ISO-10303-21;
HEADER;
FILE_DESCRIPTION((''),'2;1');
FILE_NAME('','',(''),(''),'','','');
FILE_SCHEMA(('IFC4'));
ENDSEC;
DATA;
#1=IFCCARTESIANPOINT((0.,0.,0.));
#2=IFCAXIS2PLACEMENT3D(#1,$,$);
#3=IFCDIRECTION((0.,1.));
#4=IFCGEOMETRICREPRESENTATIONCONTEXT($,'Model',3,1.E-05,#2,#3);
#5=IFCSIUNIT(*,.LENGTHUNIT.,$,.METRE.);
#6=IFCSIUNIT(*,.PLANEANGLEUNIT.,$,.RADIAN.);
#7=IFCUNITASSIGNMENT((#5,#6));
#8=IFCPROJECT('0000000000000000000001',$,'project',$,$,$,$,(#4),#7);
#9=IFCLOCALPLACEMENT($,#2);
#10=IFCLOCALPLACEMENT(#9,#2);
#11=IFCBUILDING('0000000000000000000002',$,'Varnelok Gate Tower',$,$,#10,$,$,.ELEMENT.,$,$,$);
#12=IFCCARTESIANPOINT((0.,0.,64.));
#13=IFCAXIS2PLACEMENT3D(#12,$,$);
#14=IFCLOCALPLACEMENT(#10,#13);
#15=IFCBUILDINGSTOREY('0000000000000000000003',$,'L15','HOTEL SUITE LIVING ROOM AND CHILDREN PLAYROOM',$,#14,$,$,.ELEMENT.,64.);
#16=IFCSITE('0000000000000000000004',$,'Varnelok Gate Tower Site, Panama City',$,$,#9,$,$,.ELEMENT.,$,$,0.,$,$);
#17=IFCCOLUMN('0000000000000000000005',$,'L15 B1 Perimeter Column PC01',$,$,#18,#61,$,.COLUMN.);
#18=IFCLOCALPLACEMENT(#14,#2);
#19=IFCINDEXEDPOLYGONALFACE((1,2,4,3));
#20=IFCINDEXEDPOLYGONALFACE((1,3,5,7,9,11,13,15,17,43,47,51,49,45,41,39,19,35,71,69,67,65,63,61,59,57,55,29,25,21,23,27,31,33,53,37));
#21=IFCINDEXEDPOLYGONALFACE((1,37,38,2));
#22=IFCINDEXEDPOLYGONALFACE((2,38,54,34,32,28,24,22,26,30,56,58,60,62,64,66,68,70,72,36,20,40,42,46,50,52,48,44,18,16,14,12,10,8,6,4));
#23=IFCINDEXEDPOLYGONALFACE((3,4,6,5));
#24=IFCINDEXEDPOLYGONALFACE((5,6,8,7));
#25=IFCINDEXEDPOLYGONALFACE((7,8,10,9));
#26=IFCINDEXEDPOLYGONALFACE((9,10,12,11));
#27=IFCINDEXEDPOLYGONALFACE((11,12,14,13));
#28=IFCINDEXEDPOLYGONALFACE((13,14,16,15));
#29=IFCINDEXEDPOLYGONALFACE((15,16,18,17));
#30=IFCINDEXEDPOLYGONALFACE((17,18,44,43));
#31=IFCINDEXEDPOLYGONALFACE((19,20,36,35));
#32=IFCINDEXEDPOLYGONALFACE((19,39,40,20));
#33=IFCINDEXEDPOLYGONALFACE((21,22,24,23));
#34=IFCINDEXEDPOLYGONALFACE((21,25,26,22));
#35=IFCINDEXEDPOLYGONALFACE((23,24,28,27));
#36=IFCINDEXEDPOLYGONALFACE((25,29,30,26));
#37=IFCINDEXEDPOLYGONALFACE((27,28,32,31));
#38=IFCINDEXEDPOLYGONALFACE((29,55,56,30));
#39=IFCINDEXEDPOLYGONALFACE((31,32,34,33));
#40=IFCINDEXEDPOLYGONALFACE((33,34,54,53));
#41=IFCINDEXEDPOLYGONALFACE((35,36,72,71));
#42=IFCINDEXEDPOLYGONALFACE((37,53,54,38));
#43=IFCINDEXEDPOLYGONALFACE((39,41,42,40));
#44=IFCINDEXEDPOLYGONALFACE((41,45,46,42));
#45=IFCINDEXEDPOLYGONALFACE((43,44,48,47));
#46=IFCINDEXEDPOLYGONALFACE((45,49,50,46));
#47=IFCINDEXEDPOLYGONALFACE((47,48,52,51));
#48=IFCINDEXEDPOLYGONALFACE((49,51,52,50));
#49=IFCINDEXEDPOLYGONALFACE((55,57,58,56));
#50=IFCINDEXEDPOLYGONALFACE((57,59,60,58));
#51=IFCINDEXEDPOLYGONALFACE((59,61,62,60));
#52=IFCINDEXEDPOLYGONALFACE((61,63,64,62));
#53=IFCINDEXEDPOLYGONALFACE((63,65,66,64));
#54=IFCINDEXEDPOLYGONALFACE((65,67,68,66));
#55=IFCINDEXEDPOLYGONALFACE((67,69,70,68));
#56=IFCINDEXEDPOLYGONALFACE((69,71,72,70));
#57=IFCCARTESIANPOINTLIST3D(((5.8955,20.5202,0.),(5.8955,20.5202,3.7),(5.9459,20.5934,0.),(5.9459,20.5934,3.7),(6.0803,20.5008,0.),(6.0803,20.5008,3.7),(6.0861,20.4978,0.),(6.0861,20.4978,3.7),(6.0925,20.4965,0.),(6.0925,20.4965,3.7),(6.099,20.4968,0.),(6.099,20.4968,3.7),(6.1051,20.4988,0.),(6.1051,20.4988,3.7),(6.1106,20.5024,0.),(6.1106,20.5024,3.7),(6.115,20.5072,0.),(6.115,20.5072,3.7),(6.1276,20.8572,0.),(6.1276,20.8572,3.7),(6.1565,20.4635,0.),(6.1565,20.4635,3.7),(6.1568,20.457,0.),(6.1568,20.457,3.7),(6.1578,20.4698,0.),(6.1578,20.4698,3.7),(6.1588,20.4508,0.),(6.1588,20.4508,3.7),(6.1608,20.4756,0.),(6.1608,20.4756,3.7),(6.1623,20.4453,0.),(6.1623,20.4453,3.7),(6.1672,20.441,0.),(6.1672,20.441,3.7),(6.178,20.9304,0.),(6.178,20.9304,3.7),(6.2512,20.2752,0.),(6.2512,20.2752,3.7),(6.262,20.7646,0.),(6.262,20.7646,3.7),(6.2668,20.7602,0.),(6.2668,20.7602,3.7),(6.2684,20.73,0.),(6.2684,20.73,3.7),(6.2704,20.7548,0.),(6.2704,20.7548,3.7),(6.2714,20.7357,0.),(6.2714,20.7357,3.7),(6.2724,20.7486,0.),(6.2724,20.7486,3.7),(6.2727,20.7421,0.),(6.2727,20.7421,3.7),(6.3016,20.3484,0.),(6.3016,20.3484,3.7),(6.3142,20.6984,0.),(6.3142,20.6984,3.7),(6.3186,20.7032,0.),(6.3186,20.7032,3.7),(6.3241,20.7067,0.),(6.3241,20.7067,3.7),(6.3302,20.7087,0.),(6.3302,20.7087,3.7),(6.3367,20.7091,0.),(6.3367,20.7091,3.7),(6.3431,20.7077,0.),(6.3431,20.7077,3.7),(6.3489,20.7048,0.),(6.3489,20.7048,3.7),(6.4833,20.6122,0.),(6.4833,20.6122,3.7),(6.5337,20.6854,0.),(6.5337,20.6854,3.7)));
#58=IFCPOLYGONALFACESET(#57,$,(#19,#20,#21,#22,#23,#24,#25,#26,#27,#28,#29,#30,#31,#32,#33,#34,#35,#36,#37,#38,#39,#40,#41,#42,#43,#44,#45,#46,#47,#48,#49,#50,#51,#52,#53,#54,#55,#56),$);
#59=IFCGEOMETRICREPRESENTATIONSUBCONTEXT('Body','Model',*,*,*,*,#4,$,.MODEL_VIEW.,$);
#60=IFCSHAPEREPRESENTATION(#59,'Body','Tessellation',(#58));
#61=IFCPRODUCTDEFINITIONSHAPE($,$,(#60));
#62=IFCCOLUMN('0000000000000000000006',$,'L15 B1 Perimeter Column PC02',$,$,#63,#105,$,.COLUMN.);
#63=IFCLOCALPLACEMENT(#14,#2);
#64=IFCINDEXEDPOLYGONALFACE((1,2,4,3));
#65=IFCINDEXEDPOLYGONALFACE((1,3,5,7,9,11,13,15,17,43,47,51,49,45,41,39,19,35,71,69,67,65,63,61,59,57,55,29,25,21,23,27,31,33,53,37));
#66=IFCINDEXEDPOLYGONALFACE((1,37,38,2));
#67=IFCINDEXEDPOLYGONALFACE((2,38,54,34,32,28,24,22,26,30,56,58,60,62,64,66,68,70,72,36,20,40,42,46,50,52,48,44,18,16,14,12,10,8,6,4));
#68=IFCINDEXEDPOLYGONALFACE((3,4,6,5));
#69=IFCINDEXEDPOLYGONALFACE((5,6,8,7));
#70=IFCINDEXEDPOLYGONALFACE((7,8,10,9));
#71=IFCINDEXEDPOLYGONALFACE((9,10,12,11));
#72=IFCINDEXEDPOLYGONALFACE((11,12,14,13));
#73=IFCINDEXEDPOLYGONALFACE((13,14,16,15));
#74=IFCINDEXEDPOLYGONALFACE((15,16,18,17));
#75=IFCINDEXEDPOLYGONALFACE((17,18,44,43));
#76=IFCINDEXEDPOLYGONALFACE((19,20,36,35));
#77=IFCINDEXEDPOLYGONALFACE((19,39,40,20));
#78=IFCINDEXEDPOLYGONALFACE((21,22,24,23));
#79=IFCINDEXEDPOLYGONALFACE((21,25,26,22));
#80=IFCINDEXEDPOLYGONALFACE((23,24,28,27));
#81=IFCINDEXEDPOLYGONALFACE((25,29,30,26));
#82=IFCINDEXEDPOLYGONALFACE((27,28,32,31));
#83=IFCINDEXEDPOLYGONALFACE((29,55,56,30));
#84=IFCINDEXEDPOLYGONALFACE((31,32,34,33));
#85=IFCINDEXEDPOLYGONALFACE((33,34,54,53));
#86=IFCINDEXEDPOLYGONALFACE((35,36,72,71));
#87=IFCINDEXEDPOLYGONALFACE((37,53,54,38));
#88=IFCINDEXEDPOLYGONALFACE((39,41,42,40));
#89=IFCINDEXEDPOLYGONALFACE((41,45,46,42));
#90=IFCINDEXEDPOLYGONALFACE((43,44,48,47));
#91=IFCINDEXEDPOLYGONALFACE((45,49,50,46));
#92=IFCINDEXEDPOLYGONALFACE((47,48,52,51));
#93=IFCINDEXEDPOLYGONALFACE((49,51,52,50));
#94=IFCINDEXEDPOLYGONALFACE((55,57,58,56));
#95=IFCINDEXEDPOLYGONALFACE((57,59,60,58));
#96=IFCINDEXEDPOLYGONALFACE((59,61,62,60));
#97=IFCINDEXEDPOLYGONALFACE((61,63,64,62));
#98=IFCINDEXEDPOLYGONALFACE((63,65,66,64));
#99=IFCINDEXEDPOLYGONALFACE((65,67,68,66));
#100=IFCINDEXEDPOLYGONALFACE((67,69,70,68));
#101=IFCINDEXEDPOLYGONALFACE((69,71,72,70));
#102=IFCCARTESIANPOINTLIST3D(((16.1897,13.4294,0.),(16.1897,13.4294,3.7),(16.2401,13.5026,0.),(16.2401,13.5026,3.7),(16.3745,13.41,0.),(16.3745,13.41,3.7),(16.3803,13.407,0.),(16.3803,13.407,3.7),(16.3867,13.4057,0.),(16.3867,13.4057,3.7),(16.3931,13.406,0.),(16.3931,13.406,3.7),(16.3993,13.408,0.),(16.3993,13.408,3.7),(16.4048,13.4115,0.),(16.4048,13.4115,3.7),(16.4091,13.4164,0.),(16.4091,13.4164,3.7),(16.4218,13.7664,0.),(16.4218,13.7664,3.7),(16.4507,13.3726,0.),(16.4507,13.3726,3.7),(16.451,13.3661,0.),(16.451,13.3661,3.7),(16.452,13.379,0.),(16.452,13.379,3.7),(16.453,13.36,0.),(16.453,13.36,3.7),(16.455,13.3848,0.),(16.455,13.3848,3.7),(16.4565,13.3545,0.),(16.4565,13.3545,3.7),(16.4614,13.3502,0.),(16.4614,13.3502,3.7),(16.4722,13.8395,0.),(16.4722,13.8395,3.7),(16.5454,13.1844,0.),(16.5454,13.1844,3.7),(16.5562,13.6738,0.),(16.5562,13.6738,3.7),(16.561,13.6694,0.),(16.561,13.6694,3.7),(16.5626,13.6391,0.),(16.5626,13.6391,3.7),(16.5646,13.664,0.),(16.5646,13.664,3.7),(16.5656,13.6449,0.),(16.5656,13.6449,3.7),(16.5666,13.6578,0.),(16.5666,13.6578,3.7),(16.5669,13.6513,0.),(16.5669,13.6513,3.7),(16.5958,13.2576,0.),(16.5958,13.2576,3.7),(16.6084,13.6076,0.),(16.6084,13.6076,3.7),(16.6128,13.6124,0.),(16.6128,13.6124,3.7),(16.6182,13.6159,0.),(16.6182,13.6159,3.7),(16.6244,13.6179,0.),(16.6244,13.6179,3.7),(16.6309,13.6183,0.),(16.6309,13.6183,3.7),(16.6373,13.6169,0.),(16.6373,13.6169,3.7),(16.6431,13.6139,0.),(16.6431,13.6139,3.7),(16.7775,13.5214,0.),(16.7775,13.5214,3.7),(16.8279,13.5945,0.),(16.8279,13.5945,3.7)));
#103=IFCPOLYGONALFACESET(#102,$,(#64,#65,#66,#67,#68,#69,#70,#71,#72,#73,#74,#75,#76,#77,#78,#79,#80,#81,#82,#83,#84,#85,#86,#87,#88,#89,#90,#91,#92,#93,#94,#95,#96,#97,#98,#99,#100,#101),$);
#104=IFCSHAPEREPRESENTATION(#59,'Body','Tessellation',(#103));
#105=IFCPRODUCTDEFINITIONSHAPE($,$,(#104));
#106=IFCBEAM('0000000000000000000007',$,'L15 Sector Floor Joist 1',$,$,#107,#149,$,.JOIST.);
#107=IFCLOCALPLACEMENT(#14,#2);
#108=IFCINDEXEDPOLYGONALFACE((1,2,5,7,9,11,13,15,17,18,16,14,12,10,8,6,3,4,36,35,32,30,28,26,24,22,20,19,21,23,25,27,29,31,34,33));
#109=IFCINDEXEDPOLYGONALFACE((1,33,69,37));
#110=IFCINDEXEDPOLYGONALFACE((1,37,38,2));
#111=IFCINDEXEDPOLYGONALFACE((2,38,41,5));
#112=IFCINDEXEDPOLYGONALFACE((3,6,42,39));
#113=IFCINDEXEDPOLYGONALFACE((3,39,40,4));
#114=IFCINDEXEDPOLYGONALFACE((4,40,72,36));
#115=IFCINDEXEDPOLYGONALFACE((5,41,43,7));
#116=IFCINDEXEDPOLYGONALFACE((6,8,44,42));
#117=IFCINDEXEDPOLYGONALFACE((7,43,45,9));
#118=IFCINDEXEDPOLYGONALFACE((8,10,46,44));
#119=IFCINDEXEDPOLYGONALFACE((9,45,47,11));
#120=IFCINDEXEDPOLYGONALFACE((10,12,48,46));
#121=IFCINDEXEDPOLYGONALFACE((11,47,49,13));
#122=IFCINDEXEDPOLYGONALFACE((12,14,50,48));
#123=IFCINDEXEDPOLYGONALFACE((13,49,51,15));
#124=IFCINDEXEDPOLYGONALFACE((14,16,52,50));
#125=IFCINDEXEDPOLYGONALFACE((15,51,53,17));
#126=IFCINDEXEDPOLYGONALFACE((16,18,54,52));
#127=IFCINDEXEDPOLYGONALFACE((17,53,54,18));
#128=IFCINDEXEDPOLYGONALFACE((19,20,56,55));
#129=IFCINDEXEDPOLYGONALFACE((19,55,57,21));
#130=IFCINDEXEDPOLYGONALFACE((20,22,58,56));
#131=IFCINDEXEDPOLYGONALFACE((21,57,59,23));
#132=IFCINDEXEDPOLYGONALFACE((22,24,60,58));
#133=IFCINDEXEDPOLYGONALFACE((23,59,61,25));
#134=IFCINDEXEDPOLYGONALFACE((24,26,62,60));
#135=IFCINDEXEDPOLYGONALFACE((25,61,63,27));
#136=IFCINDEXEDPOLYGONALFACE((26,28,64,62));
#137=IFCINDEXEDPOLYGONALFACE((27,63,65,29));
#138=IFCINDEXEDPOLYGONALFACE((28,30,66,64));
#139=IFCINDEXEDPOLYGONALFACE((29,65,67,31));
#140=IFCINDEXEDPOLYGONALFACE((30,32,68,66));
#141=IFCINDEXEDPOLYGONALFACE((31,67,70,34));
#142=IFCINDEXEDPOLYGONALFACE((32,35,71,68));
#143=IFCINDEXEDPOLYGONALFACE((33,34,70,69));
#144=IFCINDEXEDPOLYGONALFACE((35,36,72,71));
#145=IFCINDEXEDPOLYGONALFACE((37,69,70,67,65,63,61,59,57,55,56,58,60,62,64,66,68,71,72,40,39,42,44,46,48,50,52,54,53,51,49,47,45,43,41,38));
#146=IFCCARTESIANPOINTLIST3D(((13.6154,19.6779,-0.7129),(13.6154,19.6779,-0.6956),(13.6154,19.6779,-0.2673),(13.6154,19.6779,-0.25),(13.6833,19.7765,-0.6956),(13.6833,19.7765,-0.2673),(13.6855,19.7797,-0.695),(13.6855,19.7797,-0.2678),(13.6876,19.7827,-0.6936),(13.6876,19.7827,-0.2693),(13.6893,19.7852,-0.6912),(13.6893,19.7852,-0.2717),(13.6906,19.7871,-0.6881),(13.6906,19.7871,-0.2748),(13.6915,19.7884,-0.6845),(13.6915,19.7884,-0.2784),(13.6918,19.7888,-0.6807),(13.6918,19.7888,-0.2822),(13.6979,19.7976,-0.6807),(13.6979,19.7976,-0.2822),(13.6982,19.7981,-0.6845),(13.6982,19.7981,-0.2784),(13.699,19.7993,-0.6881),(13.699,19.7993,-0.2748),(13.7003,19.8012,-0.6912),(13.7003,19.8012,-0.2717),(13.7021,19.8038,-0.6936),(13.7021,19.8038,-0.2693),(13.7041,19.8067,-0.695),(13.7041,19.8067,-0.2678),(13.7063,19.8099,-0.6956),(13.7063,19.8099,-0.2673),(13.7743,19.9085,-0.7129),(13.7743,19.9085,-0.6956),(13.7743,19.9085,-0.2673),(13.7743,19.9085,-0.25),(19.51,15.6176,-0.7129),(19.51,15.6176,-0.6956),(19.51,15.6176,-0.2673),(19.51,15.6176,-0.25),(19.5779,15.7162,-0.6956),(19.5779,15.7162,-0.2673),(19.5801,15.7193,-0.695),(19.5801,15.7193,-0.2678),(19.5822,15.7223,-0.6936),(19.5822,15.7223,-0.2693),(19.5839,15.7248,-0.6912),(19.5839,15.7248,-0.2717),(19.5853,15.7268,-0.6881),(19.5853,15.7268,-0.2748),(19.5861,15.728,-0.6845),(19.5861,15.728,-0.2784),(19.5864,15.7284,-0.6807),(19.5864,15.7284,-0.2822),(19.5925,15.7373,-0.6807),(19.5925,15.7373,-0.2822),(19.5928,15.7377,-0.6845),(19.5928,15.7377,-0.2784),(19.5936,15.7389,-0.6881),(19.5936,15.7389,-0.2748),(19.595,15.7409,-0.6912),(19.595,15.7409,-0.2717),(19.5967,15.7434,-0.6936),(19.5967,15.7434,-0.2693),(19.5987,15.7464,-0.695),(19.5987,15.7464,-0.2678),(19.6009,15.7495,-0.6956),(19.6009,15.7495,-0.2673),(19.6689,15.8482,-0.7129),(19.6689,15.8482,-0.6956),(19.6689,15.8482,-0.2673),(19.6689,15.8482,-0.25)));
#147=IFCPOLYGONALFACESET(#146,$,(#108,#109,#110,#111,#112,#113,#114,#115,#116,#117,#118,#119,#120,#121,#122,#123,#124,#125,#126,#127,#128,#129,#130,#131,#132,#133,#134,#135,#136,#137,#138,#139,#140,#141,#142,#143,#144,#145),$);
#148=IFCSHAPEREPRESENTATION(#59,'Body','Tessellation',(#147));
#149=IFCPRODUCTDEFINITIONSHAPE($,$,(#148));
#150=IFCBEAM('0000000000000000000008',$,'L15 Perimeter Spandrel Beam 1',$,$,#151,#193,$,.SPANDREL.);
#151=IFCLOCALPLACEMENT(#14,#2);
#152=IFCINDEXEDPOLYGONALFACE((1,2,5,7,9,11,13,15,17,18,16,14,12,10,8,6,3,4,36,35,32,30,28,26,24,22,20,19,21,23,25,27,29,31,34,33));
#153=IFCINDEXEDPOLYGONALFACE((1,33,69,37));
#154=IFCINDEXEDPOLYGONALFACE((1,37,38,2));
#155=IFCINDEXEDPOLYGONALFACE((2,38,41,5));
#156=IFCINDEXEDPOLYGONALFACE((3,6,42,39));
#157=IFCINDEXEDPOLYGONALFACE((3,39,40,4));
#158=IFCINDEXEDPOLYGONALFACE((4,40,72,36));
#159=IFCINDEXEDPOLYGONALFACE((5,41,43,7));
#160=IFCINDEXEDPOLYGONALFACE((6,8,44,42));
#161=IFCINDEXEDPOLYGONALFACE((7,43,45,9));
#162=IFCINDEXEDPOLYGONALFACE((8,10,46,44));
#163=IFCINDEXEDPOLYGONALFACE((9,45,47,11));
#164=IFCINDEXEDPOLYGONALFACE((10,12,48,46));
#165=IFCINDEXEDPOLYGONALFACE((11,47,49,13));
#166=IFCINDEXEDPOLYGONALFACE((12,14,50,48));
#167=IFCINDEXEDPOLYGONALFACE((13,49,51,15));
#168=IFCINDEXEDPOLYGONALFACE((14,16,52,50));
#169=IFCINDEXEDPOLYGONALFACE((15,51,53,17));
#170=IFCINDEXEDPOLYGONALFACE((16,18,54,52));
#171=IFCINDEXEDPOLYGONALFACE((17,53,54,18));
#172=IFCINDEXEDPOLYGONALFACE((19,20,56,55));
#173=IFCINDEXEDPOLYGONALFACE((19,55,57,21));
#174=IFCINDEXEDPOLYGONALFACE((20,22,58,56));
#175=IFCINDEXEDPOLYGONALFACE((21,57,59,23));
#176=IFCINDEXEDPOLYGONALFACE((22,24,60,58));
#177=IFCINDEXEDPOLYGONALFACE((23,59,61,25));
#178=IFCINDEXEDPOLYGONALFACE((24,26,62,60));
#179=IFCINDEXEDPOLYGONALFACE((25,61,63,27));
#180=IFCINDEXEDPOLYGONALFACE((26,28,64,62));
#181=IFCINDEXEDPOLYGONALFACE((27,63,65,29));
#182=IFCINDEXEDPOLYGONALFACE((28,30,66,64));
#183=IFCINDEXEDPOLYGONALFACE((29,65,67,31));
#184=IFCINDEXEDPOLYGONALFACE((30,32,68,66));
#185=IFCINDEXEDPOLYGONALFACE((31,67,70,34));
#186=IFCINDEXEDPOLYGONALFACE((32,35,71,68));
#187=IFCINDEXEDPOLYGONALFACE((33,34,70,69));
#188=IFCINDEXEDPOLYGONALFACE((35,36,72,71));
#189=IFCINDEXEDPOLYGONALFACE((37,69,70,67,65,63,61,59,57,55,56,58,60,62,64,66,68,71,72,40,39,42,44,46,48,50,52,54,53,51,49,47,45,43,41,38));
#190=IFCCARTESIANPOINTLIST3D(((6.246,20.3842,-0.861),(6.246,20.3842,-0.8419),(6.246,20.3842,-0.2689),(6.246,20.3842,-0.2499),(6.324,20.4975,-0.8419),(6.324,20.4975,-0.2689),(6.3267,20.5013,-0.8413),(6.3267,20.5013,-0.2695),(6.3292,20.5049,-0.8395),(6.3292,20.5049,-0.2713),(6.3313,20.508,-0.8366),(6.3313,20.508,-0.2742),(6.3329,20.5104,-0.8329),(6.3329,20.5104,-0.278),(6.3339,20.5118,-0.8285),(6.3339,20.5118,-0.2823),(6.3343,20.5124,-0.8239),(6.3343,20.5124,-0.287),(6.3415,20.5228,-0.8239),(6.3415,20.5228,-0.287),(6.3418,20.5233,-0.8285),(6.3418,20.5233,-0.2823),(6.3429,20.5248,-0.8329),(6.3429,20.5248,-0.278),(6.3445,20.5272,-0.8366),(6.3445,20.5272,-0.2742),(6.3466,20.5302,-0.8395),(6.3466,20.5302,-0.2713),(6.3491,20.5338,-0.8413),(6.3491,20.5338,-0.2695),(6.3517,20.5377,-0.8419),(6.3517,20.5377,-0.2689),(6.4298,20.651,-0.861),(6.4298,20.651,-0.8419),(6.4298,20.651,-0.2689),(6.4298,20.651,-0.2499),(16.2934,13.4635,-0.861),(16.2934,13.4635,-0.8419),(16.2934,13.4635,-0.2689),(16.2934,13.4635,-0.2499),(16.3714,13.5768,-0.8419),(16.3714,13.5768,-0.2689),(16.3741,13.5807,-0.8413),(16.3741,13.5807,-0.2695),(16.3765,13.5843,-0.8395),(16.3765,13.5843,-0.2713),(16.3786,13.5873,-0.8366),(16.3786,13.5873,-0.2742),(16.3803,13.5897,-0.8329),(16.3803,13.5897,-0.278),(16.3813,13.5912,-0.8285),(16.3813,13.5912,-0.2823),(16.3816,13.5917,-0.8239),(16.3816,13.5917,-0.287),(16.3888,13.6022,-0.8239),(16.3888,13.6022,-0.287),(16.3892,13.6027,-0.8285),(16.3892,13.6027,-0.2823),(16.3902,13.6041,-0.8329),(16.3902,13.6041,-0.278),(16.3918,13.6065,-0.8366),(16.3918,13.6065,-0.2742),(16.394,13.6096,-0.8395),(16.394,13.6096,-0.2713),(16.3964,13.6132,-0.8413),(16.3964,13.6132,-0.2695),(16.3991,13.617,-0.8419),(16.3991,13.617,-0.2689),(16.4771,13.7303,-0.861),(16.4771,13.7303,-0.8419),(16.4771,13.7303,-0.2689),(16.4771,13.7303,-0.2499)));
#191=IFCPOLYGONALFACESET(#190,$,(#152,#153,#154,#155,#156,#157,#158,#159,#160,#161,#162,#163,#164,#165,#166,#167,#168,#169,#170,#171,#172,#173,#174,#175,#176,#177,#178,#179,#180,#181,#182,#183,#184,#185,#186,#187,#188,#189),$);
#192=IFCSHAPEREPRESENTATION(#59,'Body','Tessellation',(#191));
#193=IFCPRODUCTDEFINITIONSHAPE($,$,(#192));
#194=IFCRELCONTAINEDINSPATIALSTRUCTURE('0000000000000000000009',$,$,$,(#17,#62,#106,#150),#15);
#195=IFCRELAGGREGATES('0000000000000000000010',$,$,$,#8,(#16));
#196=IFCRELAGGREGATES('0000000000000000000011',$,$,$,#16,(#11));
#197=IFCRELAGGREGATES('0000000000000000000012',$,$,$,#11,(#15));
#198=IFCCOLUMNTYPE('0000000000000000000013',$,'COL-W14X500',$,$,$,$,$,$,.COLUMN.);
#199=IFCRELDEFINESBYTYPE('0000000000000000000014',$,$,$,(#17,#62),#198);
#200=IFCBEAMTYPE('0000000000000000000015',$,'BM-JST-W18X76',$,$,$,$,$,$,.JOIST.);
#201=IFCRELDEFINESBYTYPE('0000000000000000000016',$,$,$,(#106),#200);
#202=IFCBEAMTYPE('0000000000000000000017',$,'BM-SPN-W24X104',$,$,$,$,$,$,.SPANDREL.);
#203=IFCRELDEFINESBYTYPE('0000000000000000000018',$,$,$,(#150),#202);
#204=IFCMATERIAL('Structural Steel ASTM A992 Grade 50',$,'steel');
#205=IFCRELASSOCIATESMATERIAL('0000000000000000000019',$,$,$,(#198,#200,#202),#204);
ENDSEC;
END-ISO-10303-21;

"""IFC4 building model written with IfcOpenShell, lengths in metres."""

from ifc_helpers import new_model, si_unit, direction, frame, origin, origin_2d, place, context, subcontext, project, spatial, i_section, extrude, material, material_profile, profile_set, type_object, element, save


model = new_model("IFC4")

# Units and contexts
model_context = context("Model", 3, precision=1e-05, world=origin(), true_north=direction((0.0, 1.0)))
body_context = subcontext(model_context, "Body", "Model", "MODEL_VIEW")
ifc_project = project(units=[si_unit("LENGTHUNIT", "METRE"), si_unit("PLANEANGLEUNIT", "RADIAN")], contexts=[model_context])

# Site, building, storey
site_placement = place(None, origin())
site = spatial("IfcSite", under=ifc_project, at=site_placement, Name="Varnelok Gate Tower Site, Panama City", CompositionType="ELEMENT", RefElevation=0.0)
building_placement = place(site_placement, origin())
building = spatial("IfcBuilding", under=site, at=building_placement, Name="Varnelok Gate Tower", CompositionType="ELEMENT")
storey_placement = place(building_placement, frame((0.0, 0.0, 64.0)))
storey = spatial("IfcBuildingStorey", under=building, at=storey_placement, Name="L15", Description="HOTEL SUITE LIVING ROOM AND CHILDREN PLAYROOM", CompositionType="ELEMENT", Elevation=64.0)

# Columns
ifc_material_1 = material(Name="Structural Steel ASTM A992 Grade 50", Category="steel")
ifc_material_profile_1 = material_profile(ifc_material_1, i_section(OverallWidth=0.4319, OverallDepth=0.498, WebThickness=0.0557, FlangeThickness=0.0889, FilletRadius=0.0249, at=origin_2d()), Name="W14X500")
ifc_profile_set_1 = profile_set([ifc_material_profile_1], Name="Structural Steel ASTM A992 Grade 50")
column_type = type_object("IfcColumnType", Name="COL-W14X500", PredefinedType="COLUMN", material=ifc_profile_set_1)
for number, where, z_axis, x_axis, name in (
    (1, (6.2146, 20.6028, 0.0), (0.0, 0.0, 1.0), (0.823533, -0.567269, 0.0), "L15 B1 Perimeter Column PC01"),
    (2, (16.5088, 13.512, 0.0), (0.0, 0.0, 1.0), (0.823533, -0.567269, 0.0), "L15 B1 Perimeter Column PC02"),
):
    element("IfcColumn", number, at=place(storey_placement, frame(where, z_axis=z_axis, x_axis=x_axis)), inside=storey, type_object=column_type, Name=name, PredefinedType="COLUMN", context=body_context, shape_type="SweptSolid", body=[
        extrude(i_section(OverallWidth=0.4319, OverallDepth=0.498, WebThickness=0.0557, FlangeThickness=0.0889, FilletRadius=0.0249, at=origin_2d()), origin(), (0.0, 0.0, 1.0), 3.7),
    ])

# Beams
ifc_material_profile_2 = material_profile(ifc_material_1, i_section(OverallWidth=0.28, OverallDepth=0.4629, WebThickness=0.0107, FlangeThickness=0.0173, FilletRadius=0.0149, at=origin_2d()), Name="W18X76")
ifc_profile_set_2 = profile_set([ifc_material_profile_2], Name="Structural Steel ASTM A992 Grade 50")
beam_type_1 = type_object("IfcBeamType", Name="BM-JST-W18X76", PredefinedType="JOIST", material=ifc_profile_set_2)
beam_1_placement = place(storey_placement, frame((13.6948, 19.7932, -0.4814), z_axis=(0.823532, -0.56727, 0.0), x_axis=(0.56727, 0.823532, 0.0)))
element("IfcBeam", 3, at=beam_1_placement, inside=storey, type_object=beam_type_1, Name="L15 Sector Floor Joist 1", PredefinedType="JOIST", context=body_context, shape_type="SweptSolid", body=[
    extrude(i_section(OverallWidth=0.28, OverallDepth=0.4629, WebThickness=0.0107, FlangeThickness=0.0173, FilletRadius=0.0149, at=origin_2d()), origin(), (0.0, 0.0, 1.0), 7.1577),
])
ifc_material_profile_3 = material_profile(ifc_material_1, i_section(OverallWidth=0.324, OverallDepth=0.6111, WebThickness=0.0127, FlangeThickness=0.019, FilletRadius=0.0181, at=origin_2d()), Name="W24X104")
ifc_profile_set_3 = profile_set([ifc_material_profile_3], Name="Structural Steel ASTM A992 Grade 50")
beam_type_2 = type_object("IfcBeamType", Name="BM-SPN-W24X104", PredefinedType="SPANDREL", material=ifc_profile_set_3)
beam_2_placement = place(storey_placement, frame((6.3379, 20.5176, -0.5554), z_axis=(0.823541, -0.567257, 0.0), x_axis=(0.567257, 0.823541, 0.0)))
element("IfcBeam", 4, at=beam_2_placement, inside=storey, type_object=beam_type_2, Name="L15 Perimeter Spandrel Beam 1", PredefinedType="SPANDREL", context=body_context, shape_type="SweptSolid", body=[
    extrude(i_section(OverallWidth=0.324, OverallDepth=0.6111, WebThickness=0.0127, FlangeThickness=0.019, FilletRadius=0.0181, at=origin_2d()), origin(), (0.0, 0.0, 1.0), 12.2002),
])

save(model, "model.ifc")
